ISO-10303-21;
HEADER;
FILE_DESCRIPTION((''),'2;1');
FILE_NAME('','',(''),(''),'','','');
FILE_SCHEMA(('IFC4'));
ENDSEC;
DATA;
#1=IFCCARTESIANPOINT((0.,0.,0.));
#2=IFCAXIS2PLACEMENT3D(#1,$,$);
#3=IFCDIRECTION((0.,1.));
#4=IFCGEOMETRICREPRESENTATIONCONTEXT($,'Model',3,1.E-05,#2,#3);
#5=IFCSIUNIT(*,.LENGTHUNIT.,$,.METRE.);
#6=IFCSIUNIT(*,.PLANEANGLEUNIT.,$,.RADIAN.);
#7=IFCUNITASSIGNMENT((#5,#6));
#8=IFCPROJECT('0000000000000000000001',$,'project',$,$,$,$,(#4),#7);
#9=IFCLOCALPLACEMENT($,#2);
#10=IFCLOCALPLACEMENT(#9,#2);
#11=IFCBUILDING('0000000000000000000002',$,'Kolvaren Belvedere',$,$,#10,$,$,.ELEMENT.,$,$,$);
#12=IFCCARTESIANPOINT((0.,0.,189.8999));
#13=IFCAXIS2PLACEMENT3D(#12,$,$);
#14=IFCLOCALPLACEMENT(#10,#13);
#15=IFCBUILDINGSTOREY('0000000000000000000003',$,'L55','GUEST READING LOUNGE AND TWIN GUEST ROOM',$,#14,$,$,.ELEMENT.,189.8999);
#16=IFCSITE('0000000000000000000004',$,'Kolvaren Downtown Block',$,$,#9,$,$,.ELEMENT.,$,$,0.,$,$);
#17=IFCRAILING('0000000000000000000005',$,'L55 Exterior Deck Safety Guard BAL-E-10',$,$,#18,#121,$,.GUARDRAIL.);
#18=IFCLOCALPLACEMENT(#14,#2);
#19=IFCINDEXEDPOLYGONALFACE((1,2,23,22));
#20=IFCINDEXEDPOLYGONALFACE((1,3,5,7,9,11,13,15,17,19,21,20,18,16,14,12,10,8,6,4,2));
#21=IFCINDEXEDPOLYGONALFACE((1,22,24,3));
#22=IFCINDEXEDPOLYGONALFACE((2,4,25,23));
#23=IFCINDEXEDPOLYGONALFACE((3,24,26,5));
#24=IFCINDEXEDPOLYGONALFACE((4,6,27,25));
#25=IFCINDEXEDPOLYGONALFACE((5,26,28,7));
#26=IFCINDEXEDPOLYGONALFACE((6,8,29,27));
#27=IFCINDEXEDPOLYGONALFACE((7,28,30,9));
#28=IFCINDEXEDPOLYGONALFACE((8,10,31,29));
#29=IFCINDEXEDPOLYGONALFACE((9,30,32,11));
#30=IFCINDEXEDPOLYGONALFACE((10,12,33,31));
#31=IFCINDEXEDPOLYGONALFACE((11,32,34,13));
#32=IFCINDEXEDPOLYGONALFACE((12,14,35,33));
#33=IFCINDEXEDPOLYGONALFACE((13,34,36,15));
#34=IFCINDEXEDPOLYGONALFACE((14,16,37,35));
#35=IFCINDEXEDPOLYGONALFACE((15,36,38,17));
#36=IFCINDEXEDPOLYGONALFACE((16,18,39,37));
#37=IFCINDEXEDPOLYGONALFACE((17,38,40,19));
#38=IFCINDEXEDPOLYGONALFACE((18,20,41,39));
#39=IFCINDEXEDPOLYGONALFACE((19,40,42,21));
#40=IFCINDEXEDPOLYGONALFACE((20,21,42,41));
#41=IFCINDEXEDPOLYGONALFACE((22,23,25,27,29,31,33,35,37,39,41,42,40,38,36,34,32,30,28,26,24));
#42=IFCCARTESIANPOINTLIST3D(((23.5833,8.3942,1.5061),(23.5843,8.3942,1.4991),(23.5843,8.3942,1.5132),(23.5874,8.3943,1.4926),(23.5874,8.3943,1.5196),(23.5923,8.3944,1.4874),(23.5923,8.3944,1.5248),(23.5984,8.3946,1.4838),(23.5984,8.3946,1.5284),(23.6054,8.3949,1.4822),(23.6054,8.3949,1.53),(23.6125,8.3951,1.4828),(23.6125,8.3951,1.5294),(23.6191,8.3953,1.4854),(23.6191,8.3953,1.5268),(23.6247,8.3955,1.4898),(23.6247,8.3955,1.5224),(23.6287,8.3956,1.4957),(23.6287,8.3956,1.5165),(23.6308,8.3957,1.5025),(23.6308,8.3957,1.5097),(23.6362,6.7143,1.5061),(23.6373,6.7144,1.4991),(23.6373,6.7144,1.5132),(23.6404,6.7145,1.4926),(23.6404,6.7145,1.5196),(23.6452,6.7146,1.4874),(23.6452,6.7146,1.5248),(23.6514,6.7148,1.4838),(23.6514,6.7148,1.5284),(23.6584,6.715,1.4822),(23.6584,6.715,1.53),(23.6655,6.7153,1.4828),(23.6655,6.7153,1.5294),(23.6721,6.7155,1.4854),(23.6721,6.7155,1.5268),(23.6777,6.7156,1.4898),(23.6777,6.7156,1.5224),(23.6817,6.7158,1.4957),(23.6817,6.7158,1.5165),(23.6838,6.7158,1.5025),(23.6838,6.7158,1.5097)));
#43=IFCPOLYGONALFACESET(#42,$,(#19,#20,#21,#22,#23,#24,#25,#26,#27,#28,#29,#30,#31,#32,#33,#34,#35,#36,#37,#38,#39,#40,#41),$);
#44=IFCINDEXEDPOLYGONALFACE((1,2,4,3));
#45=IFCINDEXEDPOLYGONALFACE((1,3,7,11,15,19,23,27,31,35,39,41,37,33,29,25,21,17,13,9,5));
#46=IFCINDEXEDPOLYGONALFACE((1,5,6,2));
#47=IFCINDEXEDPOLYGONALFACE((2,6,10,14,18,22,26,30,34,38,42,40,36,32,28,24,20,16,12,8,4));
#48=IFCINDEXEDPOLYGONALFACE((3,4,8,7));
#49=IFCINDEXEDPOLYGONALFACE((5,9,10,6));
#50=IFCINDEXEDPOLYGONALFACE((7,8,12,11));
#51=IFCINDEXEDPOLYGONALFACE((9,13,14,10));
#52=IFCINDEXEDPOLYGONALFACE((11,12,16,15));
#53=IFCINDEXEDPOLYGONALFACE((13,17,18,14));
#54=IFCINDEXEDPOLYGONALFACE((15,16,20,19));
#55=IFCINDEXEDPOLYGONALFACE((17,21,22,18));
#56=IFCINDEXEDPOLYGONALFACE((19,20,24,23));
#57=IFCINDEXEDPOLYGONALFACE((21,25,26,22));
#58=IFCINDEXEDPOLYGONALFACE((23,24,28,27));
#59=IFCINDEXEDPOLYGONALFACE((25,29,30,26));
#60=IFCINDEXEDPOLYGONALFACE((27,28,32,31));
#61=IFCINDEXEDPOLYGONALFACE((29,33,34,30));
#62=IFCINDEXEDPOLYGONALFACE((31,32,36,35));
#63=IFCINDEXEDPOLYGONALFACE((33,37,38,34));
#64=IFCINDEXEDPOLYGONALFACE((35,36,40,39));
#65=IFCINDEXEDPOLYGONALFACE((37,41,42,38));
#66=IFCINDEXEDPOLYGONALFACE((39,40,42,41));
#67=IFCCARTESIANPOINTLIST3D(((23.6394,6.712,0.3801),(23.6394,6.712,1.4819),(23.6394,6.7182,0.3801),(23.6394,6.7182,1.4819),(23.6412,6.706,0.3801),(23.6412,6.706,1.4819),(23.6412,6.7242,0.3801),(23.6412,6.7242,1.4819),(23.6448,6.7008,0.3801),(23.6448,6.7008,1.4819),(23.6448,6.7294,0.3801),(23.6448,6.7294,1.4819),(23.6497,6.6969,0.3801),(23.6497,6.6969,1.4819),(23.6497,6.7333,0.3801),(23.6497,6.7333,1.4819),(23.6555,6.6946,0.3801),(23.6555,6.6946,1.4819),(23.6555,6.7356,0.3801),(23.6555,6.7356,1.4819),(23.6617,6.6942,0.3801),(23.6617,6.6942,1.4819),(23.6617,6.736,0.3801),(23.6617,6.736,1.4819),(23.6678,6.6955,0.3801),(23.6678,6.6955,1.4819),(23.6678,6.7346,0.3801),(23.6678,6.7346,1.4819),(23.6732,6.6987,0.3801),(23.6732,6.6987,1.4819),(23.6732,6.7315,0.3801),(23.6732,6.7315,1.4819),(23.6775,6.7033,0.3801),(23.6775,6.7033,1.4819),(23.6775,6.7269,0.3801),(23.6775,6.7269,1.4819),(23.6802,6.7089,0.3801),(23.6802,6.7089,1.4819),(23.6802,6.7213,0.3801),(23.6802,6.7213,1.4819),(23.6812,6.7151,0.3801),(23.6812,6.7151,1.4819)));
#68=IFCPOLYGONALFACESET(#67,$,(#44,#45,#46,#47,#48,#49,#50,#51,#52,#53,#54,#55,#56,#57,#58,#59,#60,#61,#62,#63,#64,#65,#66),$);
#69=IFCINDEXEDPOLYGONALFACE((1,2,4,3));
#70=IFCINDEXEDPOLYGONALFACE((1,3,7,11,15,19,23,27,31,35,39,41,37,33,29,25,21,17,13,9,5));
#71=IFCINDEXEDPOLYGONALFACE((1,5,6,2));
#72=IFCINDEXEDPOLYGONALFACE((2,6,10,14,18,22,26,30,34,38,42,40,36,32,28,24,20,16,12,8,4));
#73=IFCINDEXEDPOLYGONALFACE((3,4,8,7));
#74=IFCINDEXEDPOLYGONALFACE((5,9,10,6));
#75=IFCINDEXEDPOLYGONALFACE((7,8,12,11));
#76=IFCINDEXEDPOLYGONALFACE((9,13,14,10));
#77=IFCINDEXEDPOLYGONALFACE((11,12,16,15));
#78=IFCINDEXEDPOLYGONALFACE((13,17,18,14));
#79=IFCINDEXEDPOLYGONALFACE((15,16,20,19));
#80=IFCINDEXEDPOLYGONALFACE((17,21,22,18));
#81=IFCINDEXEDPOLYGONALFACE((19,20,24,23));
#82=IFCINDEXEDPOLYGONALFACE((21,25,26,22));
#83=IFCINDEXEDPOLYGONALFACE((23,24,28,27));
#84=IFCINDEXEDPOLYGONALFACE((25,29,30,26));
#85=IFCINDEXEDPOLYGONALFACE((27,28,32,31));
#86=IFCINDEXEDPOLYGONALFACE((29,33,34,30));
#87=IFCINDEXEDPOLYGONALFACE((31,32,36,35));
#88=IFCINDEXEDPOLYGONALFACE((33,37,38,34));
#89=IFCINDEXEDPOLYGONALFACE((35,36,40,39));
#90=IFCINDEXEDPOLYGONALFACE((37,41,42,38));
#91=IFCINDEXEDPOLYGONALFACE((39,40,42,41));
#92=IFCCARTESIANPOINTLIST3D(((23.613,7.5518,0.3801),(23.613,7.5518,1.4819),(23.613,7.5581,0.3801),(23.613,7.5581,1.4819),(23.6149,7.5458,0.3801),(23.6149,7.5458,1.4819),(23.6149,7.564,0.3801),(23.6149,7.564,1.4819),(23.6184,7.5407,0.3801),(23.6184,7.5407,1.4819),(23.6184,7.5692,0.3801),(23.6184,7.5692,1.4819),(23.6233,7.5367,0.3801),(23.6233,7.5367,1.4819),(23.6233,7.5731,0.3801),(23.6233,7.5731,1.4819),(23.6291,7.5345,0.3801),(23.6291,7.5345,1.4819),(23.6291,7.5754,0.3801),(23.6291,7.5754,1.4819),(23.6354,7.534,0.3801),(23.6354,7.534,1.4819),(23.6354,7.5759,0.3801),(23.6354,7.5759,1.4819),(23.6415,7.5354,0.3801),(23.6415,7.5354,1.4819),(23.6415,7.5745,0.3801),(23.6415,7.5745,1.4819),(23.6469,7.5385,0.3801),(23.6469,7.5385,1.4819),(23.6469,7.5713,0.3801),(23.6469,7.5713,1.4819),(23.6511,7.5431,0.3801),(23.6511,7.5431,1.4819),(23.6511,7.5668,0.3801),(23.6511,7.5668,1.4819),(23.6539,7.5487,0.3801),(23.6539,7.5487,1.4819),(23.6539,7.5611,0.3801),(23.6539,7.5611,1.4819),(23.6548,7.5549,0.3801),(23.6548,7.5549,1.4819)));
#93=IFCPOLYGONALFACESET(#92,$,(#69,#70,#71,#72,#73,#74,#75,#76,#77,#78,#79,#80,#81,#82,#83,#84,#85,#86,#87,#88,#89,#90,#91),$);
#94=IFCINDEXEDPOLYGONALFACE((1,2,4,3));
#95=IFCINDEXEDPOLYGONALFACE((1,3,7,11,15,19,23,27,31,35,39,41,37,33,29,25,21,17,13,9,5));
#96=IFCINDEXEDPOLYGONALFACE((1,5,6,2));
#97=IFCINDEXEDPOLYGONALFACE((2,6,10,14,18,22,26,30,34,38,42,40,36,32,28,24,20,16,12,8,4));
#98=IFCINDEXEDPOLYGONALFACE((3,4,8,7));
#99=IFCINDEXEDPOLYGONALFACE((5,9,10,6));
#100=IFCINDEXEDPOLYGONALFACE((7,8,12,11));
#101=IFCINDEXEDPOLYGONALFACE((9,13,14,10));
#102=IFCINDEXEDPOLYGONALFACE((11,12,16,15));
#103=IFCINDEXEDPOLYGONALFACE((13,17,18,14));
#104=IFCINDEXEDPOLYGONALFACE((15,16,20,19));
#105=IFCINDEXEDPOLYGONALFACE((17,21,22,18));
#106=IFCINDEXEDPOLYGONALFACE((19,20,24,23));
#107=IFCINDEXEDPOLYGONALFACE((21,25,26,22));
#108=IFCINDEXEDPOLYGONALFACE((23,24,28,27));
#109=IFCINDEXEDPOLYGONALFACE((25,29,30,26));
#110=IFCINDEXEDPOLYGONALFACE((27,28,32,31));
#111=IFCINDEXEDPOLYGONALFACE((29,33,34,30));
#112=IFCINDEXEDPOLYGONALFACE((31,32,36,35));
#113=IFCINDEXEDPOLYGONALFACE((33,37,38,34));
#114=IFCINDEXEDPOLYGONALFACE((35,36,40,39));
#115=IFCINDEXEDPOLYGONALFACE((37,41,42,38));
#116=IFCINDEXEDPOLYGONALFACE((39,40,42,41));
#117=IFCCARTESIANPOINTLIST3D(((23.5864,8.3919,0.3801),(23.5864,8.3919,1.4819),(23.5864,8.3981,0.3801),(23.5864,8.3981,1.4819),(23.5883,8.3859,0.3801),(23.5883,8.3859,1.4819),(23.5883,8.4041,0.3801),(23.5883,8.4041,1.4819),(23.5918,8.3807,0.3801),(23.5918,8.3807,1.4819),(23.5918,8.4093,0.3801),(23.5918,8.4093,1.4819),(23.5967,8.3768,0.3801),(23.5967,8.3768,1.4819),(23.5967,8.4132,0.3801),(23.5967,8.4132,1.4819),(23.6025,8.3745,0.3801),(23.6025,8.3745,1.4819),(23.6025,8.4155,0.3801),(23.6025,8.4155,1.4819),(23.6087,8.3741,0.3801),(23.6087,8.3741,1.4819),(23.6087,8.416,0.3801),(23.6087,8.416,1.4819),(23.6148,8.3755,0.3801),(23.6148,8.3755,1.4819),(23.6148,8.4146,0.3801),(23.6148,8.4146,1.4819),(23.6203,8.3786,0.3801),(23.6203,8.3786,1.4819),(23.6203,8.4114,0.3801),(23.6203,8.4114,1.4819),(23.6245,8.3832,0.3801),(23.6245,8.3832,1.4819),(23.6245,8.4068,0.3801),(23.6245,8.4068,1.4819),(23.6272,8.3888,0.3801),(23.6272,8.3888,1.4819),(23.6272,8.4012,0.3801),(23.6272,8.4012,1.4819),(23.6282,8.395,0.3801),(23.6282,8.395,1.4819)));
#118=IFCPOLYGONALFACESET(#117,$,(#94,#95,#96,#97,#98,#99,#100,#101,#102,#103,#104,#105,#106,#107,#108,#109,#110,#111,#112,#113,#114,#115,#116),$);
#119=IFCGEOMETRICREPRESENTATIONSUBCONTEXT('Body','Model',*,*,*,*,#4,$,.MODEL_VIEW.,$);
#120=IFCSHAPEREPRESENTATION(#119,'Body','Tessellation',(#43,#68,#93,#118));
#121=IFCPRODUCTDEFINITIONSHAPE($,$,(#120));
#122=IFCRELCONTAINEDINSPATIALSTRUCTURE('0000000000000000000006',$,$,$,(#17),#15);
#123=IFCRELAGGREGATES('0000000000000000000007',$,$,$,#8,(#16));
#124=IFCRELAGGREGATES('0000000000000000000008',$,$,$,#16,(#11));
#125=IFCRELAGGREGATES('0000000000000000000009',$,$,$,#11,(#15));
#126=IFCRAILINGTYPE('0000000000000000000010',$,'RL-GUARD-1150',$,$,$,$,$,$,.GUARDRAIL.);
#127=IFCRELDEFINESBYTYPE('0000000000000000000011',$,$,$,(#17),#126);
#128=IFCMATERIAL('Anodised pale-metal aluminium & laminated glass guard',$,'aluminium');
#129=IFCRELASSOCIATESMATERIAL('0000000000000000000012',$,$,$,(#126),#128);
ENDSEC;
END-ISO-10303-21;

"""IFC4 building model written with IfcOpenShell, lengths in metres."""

from ifc_helpers import new_model, si_unit, direction, frame, origin, origin_2d, place, context, subcontext, project, spatial, circle, extrude, material, type_object, element, save


model = new_model("IFC4")

# Units and contexts
model_context = context("Model", 3, precision=1e-05, world=origin(), true_north=direction((0.0, 1.0)))
body_context = subcontext(model_context, "Body", "Model", "MODEL_VIEW")
ifc_project = project(units=[si_unit("LENGTHUNIT", "METRE"), si_unit("PLANEANGLEUNIT", "RADIAN")], contexts=[model_context])

# Site, building, storey
site_placement = place(None, origin())
site = spatial("IfcSite", under=ifc_project, at=site_placement, Name="Kolvaren Downtown Block", CompositionType="ELEMENT", RefElevation=0.0)
building_placement = place(site_placement, origin())
building = spatial("IfcBuilding", under=site, at=building_placement, Name="Kolvaren Belvedere", CompositionType="ELEMENT")
storey_placement = place(building_placement, frame((0.0, 0.0, 189.8999)))
storey = spatial("IfcBuildingStorey", under=building, at=storey_placement, Name="L55", Description="GUEST READING LOUNGE AND TWIN GUEST ROOM", CompositionType="ELEMENT", Elevation=189.8999)

# Railing
ifc_material_1 = material(Name="Anodised pale-metal aluminium & laminated glass guard", Category="aluminium")
railing_type = type_object("IfcRailingType", Name="RL-GUARD-1150", PredefinedType="GUARDRAIL", material=ifc_material_1)
railing_1_placement = place(storey_placement, frame((23.6602, 6.7151, 0.3801)))
element("IfcRailing", 1, at=railing_1_placement, inside=storey, type_object=railing_type, Name="L55 Exterior Deck Safety Guard BAL-E-10", PredefinedType="GUARDRAIL", context=body_context, shape_type="SweptSolid", body=[
    extrude(circle(Radius=0.0239, at=origin_2d()), frame((0.0, 0.0, 1.126), z_axis=(-0.03152, 0.999503, 0.0), x_axis=(-0.999503, -0.03152, 0.0)), (0.0, 0.0, 1.0), 1.6807),
    extrude(circle(Radius=0.021, at=origin_2d()), origin(), (0.0, 0.0, 1.0), 1.1018),
    extrude(circle(Radius=0.021, at=origin_2d()), frame((-0.0264, 0.8398, 0.0)), (0.0, 0.0, 1.0), 1.1018),
    extrude(circle(Radius=0.021, at=origin_2d()), frame((-0.053, 1.6799, 0.0)), (0.0, 0.0, 1.0), 1.1018),
])

save(model, "model.ifc")
